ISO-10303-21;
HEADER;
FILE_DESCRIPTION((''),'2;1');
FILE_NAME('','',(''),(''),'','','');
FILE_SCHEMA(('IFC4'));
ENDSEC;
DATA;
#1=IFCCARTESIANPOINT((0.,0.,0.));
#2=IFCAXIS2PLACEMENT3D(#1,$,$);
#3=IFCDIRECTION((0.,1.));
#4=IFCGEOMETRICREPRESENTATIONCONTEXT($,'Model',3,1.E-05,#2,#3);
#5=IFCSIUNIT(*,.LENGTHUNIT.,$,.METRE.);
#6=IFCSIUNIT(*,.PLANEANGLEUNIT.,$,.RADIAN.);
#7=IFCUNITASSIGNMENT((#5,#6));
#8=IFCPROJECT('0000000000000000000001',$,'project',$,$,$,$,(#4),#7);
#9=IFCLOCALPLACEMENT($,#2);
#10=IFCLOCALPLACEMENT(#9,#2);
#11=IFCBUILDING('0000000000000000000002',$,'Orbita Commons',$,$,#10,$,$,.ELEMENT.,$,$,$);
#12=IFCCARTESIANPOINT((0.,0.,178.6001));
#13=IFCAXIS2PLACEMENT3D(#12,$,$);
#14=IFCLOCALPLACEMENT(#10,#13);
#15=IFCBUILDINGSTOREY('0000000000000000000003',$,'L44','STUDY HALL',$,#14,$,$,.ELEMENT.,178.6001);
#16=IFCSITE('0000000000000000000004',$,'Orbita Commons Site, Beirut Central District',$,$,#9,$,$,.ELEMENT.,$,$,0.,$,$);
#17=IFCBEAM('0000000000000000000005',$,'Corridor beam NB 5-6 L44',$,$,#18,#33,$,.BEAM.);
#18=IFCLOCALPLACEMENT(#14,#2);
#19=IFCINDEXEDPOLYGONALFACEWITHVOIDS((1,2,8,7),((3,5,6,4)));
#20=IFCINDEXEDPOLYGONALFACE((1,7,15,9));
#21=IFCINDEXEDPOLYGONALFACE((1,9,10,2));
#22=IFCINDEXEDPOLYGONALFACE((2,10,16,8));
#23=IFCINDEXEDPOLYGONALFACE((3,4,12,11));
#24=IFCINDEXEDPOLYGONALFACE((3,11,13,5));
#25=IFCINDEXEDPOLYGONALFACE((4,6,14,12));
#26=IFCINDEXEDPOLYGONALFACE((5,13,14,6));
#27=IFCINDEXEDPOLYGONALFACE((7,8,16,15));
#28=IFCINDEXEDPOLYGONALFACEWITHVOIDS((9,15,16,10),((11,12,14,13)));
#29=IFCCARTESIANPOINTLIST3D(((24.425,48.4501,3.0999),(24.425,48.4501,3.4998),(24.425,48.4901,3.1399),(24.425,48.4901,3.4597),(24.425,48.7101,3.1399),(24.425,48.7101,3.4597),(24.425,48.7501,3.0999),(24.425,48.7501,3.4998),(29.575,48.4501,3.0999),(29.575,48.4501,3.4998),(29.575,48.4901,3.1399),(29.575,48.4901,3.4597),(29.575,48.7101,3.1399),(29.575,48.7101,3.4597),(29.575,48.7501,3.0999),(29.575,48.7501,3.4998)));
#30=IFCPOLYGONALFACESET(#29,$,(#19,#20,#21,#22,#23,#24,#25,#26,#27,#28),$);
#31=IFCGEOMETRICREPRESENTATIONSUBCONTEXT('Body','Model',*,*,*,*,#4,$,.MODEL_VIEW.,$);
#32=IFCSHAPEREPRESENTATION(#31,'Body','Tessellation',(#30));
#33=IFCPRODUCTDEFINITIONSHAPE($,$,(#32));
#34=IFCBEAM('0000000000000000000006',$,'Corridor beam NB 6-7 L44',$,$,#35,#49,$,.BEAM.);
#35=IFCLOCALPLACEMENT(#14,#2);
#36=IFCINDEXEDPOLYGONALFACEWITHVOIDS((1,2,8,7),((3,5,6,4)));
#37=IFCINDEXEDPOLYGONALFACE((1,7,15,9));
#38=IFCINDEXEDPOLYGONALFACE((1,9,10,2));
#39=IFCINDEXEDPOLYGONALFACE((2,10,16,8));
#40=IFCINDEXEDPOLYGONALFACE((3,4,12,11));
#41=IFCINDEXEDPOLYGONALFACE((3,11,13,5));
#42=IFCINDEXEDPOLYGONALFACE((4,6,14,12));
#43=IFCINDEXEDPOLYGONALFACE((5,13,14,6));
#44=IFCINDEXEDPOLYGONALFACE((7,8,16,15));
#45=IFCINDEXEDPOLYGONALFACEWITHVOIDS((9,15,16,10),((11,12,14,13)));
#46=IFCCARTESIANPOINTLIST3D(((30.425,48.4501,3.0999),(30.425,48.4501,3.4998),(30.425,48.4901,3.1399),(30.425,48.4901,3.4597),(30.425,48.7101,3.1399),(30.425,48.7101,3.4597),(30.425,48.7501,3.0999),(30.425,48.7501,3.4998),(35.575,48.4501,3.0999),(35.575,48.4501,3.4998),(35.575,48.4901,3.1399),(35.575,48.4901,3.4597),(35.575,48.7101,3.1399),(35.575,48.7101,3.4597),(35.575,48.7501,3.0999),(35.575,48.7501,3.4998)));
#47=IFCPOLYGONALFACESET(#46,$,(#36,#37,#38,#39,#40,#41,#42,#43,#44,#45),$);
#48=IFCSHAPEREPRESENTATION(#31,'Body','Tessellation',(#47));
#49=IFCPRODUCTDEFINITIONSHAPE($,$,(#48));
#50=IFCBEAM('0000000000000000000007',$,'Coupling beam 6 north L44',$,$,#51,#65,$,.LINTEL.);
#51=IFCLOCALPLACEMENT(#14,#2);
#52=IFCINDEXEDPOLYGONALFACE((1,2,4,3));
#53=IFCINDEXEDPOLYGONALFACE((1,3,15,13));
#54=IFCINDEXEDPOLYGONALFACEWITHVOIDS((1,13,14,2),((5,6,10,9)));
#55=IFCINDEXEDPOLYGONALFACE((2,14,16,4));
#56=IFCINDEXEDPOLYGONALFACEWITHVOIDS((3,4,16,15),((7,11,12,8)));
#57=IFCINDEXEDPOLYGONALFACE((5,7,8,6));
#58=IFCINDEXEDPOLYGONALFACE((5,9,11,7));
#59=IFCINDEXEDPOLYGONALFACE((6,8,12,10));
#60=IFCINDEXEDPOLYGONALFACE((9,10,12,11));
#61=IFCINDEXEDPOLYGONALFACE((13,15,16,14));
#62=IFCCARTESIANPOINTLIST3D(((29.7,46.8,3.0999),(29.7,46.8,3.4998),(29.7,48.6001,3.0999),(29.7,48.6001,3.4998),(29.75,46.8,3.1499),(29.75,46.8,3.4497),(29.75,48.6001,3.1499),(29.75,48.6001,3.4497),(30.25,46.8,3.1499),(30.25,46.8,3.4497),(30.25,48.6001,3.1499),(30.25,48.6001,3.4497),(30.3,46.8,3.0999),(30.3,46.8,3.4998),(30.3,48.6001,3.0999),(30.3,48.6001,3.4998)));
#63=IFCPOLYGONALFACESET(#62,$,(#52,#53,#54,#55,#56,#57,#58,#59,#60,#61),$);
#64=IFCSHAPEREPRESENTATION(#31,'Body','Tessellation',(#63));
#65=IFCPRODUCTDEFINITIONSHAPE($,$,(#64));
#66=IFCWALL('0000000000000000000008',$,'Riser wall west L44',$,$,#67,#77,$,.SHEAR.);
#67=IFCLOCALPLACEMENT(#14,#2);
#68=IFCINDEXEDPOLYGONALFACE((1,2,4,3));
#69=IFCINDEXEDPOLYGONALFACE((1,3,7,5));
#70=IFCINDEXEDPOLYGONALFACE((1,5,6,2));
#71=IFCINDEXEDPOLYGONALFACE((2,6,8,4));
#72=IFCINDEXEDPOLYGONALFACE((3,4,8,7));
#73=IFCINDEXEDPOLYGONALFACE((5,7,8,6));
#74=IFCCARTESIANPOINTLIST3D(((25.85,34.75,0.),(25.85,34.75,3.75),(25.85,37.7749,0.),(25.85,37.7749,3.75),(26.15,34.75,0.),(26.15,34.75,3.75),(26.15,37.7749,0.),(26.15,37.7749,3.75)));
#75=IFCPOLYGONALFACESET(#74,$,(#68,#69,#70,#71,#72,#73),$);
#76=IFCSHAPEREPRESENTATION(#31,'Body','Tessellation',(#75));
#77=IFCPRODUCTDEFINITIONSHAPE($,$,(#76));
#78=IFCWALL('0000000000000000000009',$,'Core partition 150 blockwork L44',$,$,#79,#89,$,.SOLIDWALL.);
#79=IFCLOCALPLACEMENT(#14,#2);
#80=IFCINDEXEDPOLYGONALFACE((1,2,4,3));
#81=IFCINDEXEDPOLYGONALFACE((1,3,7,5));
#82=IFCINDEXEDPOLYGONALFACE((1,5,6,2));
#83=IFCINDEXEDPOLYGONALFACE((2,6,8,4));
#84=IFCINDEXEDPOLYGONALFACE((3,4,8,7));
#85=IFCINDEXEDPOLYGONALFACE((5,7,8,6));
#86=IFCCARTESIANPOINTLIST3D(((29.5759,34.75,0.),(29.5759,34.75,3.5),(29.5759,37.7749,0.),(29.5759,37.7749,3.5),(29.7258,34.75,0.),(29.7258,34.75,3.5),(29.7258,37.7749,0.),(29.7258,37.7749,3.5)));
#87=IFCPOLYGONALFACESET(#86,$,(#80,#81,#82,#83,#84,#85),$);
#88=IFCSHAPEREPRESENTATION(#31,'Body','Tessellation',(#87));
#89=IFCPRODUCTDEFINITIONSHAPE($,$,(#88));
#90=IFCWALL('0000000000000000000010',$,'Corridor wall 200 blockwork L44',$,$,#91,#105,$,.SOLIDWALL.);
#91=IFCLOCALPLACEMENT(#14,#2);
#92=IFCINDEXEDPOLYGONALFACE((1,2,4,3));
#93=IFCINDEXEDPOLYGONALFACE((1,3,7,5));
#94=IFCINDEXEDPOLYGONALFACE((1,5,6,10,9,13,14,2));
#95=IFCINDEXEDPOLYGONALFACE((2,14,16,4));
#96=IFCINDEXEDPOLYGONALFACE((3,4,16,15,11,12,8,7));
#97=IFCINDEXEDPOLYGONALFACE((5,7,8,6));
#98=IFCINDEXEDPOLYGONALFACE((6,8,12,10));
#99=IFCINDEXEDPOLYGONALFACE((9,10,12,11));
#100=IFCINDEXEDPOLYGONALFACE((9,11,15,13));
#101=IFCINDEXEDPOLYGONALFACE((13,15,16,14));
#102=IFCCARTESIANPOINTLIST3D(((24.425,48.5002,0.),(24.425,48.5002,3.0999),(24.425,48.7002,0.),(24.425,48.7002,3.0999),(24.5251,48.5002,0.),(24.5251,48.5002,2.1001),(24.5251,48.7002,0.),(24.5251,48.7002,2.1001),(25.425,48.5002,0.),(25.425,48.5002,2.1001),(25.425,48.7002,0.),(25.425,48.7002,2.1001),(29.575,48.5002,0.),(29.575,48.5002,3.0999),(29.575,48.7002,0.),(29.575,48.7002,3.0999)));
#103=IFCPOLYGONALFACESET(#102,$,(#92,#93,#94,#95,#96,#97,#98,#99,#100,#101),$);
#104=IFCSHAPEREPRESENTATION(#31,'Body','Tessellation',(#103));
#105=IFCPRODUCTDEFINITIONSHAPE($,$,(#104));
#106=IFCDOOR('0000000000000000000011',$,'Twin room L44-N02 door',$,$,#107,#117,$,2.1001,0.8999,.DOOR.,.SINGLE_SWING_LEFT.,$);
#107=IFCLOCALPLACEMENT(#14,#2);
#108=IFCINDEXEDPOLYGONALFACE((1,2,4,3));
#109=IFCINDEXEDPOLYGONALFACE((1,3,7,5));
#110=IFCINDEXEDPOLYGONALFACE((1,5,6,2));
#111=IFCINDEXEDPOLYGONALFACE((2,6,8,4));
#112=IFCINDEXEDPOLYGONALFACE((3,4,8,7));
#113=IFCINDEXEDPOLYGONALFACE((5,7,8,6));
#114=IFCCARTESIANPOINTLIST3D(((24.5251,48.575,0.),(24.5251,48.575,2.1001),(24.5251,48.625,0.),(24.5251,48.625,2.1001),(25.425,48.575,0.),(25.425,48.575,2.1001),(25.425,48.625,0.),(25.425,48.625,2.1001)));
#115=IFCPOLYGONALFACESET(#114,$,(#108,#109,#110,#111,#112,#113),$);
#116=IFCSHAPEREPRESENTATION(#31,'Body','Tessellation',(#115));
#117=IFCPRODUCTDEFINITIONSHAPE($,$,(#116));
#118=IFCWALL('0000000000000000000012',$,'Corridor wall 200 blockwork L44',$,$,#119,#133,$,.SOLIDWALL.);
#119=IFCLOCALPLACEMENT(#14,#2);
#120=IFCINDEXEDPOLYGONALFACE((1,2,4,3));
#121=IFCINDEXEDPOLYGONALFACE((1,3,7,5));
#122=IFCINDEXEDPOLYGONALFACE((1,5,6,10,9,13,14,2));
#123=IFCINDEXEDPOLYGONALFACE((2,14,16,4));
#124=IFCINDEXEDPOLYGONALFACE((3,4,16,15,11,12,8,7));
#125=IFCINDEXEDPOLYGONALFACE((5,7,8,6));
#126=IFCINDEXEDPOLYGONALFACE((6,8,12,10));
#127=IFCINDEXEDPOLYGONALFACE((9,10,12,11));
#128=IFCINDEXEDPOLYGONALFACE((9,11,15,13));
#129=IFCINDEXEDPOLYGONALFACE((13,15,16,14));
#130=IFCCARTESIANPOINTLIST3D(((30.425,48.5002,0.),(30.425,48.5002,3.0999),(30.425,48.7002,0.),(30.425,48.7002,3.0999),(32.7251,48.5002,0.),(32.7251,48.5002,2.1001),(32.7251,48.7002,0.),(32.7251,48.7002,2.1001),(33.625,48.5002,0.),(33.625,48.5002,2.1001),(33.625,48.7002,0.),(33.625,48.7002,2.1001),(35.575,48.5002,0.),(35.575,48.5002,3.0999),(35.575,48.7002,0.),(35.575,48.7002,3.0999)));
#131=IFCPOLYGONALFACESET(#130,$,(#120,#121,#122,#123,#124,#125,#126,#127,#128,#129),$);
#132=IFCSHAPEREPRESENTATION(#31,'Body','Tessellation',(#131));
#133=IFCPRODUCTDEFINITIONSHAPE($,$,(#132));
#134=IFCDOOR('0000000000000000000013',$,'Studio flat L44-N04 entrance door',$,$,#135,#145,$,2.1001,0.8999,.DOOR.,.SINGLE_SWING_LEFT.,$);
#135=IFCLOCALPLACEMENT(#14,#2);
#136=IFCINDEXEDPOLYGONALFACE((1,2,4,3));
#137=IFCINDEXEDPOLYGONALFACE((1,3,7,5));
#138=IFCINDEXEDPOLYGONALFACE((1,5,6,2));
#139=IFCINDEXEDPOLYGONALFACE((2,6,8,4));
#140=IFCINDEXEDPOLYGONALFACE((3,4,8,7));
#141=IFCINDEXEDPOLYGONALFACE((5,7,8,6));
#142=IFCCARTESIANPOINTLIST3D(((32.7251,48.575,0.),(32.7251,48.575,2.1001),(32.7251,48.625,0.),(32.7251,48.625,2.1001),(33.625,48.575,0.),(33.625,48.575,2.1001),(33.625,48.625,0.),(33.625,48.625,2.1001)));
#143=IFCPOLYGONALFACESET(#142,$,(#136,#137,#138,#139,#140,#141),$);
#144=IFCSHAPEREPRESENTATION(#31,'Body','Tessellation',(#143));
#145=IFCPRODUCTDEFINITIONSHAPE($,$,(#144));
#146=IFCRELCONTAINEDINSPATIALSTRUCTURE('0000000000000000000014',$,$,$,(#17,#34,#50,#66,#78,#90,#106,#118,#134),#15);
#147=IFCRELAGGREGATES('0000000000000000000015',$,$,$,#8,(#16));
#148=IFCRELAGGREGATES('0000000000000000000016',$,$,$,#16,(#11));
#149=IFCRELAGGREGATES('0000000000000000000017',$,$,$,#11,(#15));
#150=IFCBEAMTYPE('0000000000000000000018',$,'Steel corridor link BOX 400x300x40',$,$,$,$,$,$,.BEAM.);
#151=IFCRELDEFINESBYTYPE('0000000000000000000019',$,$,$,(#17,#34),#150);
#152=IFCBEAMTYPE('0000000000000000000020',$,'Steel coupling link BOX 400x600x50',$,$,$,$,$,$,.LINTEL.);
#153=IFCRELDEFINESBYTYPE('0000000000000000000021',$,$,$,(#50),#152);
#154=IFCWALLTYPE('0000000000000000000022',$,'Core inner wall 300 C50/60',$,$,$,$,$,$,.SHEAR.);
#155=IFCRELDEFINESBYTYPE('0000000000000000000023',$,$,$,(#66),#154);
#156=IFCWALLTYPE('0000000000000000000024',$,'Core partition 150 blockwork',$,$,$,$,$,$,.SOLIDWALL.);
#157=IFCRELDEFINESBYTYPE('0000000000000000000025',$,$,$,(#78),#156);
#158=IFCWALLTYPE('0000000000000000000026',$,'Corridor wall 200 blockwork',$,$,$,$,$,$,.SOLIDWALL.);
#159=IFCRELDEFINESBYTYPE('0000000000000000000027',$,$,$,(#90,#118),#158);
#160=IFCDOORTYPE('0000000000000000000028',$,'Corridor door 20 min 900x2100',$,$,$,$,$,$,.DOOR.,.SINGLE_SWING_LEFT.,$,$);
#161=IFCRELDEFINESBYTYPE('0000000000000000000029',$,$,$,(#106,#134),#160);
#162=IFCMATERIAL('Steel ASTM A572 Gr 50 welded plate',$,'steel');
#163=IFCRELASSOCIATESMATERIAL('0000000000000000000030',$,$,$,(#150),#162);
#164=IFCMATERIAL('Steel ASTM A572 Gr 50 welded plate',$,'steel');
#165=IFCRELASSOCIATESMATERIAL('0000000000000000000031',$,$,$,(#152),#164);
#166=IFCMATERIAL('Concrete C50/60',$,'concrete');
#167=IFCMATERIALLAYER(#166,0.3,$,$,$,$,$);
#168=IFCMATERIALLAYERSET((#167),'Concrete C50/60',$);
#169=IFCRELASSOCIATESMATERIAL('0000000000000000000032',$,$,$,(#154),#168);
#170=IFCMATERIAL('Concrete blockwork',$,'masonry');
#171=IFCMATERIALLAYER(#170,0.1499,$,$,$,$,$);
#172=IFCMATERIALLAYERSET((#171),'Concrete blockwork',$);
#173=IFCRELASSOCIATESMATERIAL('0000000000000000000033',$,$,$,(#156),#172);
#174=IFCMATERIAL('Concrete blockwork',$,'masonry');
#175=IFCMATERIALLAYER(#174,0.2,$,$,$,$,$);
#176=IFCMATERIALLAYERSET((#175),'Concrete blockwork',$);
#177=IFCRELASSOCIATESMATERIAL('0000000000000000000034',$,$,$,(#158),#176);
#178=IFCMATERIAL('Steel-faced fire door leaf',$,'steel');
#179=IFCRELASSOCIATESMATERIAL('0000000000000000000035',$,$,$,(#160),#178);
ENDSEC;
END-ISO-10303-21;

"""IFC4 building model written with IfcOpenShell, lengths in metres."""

from ifc_helpers import new_model, si_unit, direction, frame, frame_2d, origin, origin_2d, place, context, subcontext, project, spatial, polyline, rectangle, hollow_rectangle, outline, extrude, material, layer, layer_set, material_profile, profile_set, type_object, element, fill, save


model = new_model("IFC4")

# Units and contexts
model_context = context("Model", 3, precision=1e-05, world=origin(), true_north=direction((0.0, 1.0)))
body_context = subcontext(model_context, "Body", "Model", "MODEL_VIEW")
ifc_project = project(units=[si_unit("LENGTHUNIT", "METRE"), si_unit("PLANEANGLEUNIT", "RADIAN")], contexts=[model_context])

# Site, building, storey
site_placement = place(None, origin())
site = spatial("IfcSite", under=ifc_project, at=site_placement, Name="Orbita Commons Site, Beirut Central District", CompositionType="ELEMENT", RefElevation=0.0)
building_placement = place(site_placement, origin())
building = spatial("IfcBuilding", under=site, at=building_placement, Name="Orbita Commons", CompositionType="ELEMENT")
storey_placement = place(building_placement, frame((0.0, 0.0, 178.6001)))
storey = spatial("IfcBuildingStorey", under=building, at=storey_placement, Name="L44", Description="STUDY HALL", CompositionType="ELEMENT", Elevation=178.6001)

# Beams
ifc_material_1 = material(Name="Steel ASTM A572 Gr 50 welded plate", Category="steel")
ifc_material_profile_1 = material_profile(ifc_material_1, hollow_rectangle(XDim=0.3, YDim=0.3999, WallThickness=0.04, at=origin_2d()), Name="BOX 400x300x40")
ifc_profile_set_1 = profile_set([ifc_material_profile_1], Name="Steel ASTM A572 Gr 50 welded plate")
beam_type_1 = type_object("IfcBeamType", Name="Steel corridor link BOX 400x300x40", PredefinedType="BEAM", material=ifc_profile_set_1)
for number, where, z_axis, x_axis, name in (
    (1, (24.425, 48.6001, 3.2998), (1.0, 0.0, 0.0), (0.0, 1.0, 0.0), "Corridor beam NB 5-6 L44"),
    (2, (30.425, 48.6001, 3.2998), (1.0, 0.0, 0.0), (0.0, 1.0, 0.0), "Corridor beam NB 6-7 L44"),
):
    element("IfcBeam", number, at=place(storey_placement, frame(where, z_axis=z_axis, x_axis=x_axis)), inside=storey, type_object=beam_type_1, Name=name, PredefinedType="BEAM", context=body_context, shape_type="SweptSolid", body=[
        extrude(hollow_rectangle(XDim=0.3, YDim=0.3999, WallThickness=0.04, at=origin_2d()), origin(), (0.0, 0.0, 1.0), 5.1499),
    ])
ifc_material_2 = material(Name="Steel ASTM A572 Gr 50 welded plate", Category="steel")
ifc_material_profile_2 = material_profile(ifc_material_2, hollow_rectangle(XDim=0.6001, YDim=0.3999, WallThickness=0.05, at=origin_2d()), Name="BOX 400x600x50")
ifc_profile_set_2 = profile_set([ifc_material_profile_2], Name="Steel ASTM A572 Gr 50 welded plate")
beam_type_2 = type_object("IfcBeamType", Name="Steel coupling link BOX 400x600x50", PredefinedType="LINTEL", material=ifc_profile_set_2)
beam_placement = place(storey_placement, frame((30.0, 46.8, 3.2998), z_axis=(0.0, 1.0, 0.0), x_axis=(-1.0, 0.0, 0.0)))
element("IfcBeam", 3, at=beam_placement, inside=storey, type_object=beam_type_2, Name="Coupling beam 6 north L44", PredefinedType="LINTEL", context=body_context, shape_type="SweptSolid", body=[
    extrude(hollow_rectangle(XDim=0.6001, YDim=0.3999, WallThickness=0.05, at=origin_2d()), origin(), (0.0, 0.0, 1.0), 1.8),
])

# Walls
ifc_material_3 = material(Name="Concrete C50/60", Category="concrete")
ifc_layer_1 = layer(ifc_material_3, 0.3)
ifc_layer_set_1 = layer_set([ifc_layer_1], Name="Concrete C50/60")
wall_type_1 = type_object("IfcWallType", Name="Core inner wall 300 C50/60", PredefinedType="SHEAR", material=ifc_layer_set_1)
wall_1_placement = place(storey_placement, frame((26.0, 34.75, 0.0), z_axis=(0.0, 0.0, 1.0), x_axis=(0.0, 1.0, 0.0)))
element("IfcWall", 4, at=wall_1_placement, inside=storey, type_object=wall_type_1, Name="Riser wall west L44", PredefinedType="SHEAR", context=body_context, shape_type="SweptSolid", body=[
    extrude(rectangle(XDim=3.0249, YDim=0.3, at=frame_2d((1.5125, 0.0))), origin(), (0.0, 0.0, 1.0), 3.75),
])
ifc_material_4 = material(Name="Concrete blockwork", Category="masonry")
ifc_layer_2 = layer(ifc_material_4, 0.1499)
ifc_layer_set_2 = layer_set([ifc_layer_2], Name="Concrete blockwork")
wall_type_2 = type_object("IfcWallType", Name="Core partition 150 blockwork", PredefinedType="SOLIDWALL", material=ifc_layer_set_2)
wall_2_placement = place(storey_placement, frame((29.6509, 34.75, 0.0), z_axis=(0.0, 0.0, 1.0), x_axis=(0.0, 1.0, 0.0)))
element("IfcWall", 5, at=wall_2_placement, inside=storey, type_object=wall_type_2, Name="Core partition 150 blockwork L44", PredefinedType="SOLIDWALL", context=body_context, shape_type="SweptSolid", body=[
    extrude(rectangle(XDim=3.0249, YDim=0.1499, at=frame_2d((1.5125, 0.0))), origin(), (0.0, 0.0, 1.0), 3.5),
])

# Walls, openings, doors
ifc_material_5 = material(Name="Concrete blockwork", Category="masonry")
ifc_layer_3 = layer(ifc_material_5, 0.2)
ifc_layer_set_3 = layer_set([ifc_layer_3], Name="Concrete blockwork")
wall_type_3 = type_object("IfcWallType", Name="Corridor wall 200 blockwork", PredefinedType="SOLIDWALL", material=ifc_layer_set_3)
wall_3_placement = place(storey_placement, frame((24.425, 48.6001, 0.0), z_axis=(0.0, 0.0, 1.0), x_axis=(1.0, 0.0, 0.0)))
wall_3 = element("IfcWall", 6, at=wall_3_placement, inside=storey, type_object=wall_type_3, Name="Corridor wall 200 blockwork L44", PredefinedType="SOLIDWALL", context=body_context, shape_type="SweptSolid", body=[
    extrude(outline(polyline([(0.0, 0.0), (5.1499, 0.0), (5.1499, 3.0999), (0.0, 3.0999), (0.0, 0.0)])), frame((0.0, 0.1001, 0.0), z_axis=(0.0, -1.0, 0.0), x_axis=(1.0, 0.0, 0.0)), (0.0, 0.0, 1.0), 0.2),
])
opening_1_placement = place(wall_3_placement, frame((0.1001, 0.0, 0.0)))
opening_1 = element("IfcOpeningElement", 7, at=opening_1_placement, cuts=wall_3, PredefinedType="OPENING", context=body_context, shape_type="SweptSolid", body=[
    extrude(rectangle(XDim=0.8999, YDim=2.1001, at=frame_2d((0.45, 1.05))), frame((0.0, 0.1099, 0.0), z_axis=(0.0, -1.0, 0.0), x_axis=(1.0, 0.0, 0.0)), (0.0, 0.0, 1.0), 0.22),
])
ifc_material_6 = material(Name="Steel-faced fire door leaf", Category="steel")
door_type_1 = type_object("IfcDoorType", Name="Corridor door 20 min 900x2100", OperationType="SINGLE_SWING_LEFT", PredefinedType="DOOR", material=ifc_material_6)
door_1_placement = place(opening_1_placement, origin())
door_1 = element("IfcDoor", 8, at=door_1_placement, inside=storey, type_object=door_type_1, Name="Twin room L44-N02 door", OperationType="SINGLE_SWING_LEFT", OverallHeight=2.1001, OverallWidth=0.8999, PredefinedType="DOOR", context=body_context, shape_type="SweptSolid", body=[
    extrude(rectangle(XDim=0.8999, YDim=2.1001, at=frame_2d((0.45, 1.05))), frame((0.0, 0.0249, 0.0), z_axis=(0.0, -1.0, 0.0), x_axis=(1.0, 0.0, 0.0)), (0.0, 0.0, 1.0), 0.05),
])
fill(opening_1, door_1)
wall_4_placement = place(storey_placement, frame((30.425, 48.6001, 0.0), z_axis=(0.0, 0.0, 1.0), x_axis=(1.0, 0.0, 0.0)))
wall_4 = element("IfcWall", 9, at=wall_4_placement, inside=storey, type_object=wall_type_3, Name="Corridor wall 200 blockwork L44", PredefinedType="SOLIDWALL", context=body_context, shape_type="SweptSolid", body=[
    extrude(outline(polyline([(0.0, 0.0), (5.1499, 0.0), (5.1499, 3.0999), (0.0, 3.0999), (0.0, 0.0)])), frame((0.0, 0.1001, 0.0), z_axis=(0.0, -1.0, 0.0), x_axis=(1.0, 0.0, 0.0)), (0.0, 0.0, 1.0), 0.2),
])
opening_2_placement = place(wall_4_placement, frame((2.3, 0.0, 0.0)))
opening_2 = element("IfcOpeningElement", 10, at=opening_2_placement, cuts=wall_4, PredefinedType="OPENING", context=body_context, shape_type="SweptSolid", body=[
    extrude(rectangle(XDim=0.8999, YDim=2.1001, at=frame_2d((0.45, 1.05))), frame((0.0, 0.1099, 0.0), z_axis=(0.0, -1.0, 0.0), x_axis=(1.0, 0.0, 0.0)), (0.0, 0.0, 1.0), 0.22),
])
door_2_placement = place(opening_2_placement, origin())
door_2 = element("IfcDoor", 11, at=door_2_placement, inside=storey, type_object=door_type_1, Name="Studio flat L44-N04 entrance door", OperationType="SINGLE_SWING_LEFT", OverallHeight=2.1001, OverallWidth=0.8999, PredefinedType="DOOR", context=body_context, shape_type="SweptSolid", body=[
    extrude(rectangle(XDim=0.8999, YDim=2.1001, at=frame_2d((0.45, 1.05))), frame((0.0, 0.0249, 0.0), z_axis=(0.0, -1.0, 0.0), x_axis=(1.0, 0.0, 0.0)), (0.0, 0.0, 1.0), 0.05),
])
fill(opening_2, door_2)

save(model, "model.ifc")
